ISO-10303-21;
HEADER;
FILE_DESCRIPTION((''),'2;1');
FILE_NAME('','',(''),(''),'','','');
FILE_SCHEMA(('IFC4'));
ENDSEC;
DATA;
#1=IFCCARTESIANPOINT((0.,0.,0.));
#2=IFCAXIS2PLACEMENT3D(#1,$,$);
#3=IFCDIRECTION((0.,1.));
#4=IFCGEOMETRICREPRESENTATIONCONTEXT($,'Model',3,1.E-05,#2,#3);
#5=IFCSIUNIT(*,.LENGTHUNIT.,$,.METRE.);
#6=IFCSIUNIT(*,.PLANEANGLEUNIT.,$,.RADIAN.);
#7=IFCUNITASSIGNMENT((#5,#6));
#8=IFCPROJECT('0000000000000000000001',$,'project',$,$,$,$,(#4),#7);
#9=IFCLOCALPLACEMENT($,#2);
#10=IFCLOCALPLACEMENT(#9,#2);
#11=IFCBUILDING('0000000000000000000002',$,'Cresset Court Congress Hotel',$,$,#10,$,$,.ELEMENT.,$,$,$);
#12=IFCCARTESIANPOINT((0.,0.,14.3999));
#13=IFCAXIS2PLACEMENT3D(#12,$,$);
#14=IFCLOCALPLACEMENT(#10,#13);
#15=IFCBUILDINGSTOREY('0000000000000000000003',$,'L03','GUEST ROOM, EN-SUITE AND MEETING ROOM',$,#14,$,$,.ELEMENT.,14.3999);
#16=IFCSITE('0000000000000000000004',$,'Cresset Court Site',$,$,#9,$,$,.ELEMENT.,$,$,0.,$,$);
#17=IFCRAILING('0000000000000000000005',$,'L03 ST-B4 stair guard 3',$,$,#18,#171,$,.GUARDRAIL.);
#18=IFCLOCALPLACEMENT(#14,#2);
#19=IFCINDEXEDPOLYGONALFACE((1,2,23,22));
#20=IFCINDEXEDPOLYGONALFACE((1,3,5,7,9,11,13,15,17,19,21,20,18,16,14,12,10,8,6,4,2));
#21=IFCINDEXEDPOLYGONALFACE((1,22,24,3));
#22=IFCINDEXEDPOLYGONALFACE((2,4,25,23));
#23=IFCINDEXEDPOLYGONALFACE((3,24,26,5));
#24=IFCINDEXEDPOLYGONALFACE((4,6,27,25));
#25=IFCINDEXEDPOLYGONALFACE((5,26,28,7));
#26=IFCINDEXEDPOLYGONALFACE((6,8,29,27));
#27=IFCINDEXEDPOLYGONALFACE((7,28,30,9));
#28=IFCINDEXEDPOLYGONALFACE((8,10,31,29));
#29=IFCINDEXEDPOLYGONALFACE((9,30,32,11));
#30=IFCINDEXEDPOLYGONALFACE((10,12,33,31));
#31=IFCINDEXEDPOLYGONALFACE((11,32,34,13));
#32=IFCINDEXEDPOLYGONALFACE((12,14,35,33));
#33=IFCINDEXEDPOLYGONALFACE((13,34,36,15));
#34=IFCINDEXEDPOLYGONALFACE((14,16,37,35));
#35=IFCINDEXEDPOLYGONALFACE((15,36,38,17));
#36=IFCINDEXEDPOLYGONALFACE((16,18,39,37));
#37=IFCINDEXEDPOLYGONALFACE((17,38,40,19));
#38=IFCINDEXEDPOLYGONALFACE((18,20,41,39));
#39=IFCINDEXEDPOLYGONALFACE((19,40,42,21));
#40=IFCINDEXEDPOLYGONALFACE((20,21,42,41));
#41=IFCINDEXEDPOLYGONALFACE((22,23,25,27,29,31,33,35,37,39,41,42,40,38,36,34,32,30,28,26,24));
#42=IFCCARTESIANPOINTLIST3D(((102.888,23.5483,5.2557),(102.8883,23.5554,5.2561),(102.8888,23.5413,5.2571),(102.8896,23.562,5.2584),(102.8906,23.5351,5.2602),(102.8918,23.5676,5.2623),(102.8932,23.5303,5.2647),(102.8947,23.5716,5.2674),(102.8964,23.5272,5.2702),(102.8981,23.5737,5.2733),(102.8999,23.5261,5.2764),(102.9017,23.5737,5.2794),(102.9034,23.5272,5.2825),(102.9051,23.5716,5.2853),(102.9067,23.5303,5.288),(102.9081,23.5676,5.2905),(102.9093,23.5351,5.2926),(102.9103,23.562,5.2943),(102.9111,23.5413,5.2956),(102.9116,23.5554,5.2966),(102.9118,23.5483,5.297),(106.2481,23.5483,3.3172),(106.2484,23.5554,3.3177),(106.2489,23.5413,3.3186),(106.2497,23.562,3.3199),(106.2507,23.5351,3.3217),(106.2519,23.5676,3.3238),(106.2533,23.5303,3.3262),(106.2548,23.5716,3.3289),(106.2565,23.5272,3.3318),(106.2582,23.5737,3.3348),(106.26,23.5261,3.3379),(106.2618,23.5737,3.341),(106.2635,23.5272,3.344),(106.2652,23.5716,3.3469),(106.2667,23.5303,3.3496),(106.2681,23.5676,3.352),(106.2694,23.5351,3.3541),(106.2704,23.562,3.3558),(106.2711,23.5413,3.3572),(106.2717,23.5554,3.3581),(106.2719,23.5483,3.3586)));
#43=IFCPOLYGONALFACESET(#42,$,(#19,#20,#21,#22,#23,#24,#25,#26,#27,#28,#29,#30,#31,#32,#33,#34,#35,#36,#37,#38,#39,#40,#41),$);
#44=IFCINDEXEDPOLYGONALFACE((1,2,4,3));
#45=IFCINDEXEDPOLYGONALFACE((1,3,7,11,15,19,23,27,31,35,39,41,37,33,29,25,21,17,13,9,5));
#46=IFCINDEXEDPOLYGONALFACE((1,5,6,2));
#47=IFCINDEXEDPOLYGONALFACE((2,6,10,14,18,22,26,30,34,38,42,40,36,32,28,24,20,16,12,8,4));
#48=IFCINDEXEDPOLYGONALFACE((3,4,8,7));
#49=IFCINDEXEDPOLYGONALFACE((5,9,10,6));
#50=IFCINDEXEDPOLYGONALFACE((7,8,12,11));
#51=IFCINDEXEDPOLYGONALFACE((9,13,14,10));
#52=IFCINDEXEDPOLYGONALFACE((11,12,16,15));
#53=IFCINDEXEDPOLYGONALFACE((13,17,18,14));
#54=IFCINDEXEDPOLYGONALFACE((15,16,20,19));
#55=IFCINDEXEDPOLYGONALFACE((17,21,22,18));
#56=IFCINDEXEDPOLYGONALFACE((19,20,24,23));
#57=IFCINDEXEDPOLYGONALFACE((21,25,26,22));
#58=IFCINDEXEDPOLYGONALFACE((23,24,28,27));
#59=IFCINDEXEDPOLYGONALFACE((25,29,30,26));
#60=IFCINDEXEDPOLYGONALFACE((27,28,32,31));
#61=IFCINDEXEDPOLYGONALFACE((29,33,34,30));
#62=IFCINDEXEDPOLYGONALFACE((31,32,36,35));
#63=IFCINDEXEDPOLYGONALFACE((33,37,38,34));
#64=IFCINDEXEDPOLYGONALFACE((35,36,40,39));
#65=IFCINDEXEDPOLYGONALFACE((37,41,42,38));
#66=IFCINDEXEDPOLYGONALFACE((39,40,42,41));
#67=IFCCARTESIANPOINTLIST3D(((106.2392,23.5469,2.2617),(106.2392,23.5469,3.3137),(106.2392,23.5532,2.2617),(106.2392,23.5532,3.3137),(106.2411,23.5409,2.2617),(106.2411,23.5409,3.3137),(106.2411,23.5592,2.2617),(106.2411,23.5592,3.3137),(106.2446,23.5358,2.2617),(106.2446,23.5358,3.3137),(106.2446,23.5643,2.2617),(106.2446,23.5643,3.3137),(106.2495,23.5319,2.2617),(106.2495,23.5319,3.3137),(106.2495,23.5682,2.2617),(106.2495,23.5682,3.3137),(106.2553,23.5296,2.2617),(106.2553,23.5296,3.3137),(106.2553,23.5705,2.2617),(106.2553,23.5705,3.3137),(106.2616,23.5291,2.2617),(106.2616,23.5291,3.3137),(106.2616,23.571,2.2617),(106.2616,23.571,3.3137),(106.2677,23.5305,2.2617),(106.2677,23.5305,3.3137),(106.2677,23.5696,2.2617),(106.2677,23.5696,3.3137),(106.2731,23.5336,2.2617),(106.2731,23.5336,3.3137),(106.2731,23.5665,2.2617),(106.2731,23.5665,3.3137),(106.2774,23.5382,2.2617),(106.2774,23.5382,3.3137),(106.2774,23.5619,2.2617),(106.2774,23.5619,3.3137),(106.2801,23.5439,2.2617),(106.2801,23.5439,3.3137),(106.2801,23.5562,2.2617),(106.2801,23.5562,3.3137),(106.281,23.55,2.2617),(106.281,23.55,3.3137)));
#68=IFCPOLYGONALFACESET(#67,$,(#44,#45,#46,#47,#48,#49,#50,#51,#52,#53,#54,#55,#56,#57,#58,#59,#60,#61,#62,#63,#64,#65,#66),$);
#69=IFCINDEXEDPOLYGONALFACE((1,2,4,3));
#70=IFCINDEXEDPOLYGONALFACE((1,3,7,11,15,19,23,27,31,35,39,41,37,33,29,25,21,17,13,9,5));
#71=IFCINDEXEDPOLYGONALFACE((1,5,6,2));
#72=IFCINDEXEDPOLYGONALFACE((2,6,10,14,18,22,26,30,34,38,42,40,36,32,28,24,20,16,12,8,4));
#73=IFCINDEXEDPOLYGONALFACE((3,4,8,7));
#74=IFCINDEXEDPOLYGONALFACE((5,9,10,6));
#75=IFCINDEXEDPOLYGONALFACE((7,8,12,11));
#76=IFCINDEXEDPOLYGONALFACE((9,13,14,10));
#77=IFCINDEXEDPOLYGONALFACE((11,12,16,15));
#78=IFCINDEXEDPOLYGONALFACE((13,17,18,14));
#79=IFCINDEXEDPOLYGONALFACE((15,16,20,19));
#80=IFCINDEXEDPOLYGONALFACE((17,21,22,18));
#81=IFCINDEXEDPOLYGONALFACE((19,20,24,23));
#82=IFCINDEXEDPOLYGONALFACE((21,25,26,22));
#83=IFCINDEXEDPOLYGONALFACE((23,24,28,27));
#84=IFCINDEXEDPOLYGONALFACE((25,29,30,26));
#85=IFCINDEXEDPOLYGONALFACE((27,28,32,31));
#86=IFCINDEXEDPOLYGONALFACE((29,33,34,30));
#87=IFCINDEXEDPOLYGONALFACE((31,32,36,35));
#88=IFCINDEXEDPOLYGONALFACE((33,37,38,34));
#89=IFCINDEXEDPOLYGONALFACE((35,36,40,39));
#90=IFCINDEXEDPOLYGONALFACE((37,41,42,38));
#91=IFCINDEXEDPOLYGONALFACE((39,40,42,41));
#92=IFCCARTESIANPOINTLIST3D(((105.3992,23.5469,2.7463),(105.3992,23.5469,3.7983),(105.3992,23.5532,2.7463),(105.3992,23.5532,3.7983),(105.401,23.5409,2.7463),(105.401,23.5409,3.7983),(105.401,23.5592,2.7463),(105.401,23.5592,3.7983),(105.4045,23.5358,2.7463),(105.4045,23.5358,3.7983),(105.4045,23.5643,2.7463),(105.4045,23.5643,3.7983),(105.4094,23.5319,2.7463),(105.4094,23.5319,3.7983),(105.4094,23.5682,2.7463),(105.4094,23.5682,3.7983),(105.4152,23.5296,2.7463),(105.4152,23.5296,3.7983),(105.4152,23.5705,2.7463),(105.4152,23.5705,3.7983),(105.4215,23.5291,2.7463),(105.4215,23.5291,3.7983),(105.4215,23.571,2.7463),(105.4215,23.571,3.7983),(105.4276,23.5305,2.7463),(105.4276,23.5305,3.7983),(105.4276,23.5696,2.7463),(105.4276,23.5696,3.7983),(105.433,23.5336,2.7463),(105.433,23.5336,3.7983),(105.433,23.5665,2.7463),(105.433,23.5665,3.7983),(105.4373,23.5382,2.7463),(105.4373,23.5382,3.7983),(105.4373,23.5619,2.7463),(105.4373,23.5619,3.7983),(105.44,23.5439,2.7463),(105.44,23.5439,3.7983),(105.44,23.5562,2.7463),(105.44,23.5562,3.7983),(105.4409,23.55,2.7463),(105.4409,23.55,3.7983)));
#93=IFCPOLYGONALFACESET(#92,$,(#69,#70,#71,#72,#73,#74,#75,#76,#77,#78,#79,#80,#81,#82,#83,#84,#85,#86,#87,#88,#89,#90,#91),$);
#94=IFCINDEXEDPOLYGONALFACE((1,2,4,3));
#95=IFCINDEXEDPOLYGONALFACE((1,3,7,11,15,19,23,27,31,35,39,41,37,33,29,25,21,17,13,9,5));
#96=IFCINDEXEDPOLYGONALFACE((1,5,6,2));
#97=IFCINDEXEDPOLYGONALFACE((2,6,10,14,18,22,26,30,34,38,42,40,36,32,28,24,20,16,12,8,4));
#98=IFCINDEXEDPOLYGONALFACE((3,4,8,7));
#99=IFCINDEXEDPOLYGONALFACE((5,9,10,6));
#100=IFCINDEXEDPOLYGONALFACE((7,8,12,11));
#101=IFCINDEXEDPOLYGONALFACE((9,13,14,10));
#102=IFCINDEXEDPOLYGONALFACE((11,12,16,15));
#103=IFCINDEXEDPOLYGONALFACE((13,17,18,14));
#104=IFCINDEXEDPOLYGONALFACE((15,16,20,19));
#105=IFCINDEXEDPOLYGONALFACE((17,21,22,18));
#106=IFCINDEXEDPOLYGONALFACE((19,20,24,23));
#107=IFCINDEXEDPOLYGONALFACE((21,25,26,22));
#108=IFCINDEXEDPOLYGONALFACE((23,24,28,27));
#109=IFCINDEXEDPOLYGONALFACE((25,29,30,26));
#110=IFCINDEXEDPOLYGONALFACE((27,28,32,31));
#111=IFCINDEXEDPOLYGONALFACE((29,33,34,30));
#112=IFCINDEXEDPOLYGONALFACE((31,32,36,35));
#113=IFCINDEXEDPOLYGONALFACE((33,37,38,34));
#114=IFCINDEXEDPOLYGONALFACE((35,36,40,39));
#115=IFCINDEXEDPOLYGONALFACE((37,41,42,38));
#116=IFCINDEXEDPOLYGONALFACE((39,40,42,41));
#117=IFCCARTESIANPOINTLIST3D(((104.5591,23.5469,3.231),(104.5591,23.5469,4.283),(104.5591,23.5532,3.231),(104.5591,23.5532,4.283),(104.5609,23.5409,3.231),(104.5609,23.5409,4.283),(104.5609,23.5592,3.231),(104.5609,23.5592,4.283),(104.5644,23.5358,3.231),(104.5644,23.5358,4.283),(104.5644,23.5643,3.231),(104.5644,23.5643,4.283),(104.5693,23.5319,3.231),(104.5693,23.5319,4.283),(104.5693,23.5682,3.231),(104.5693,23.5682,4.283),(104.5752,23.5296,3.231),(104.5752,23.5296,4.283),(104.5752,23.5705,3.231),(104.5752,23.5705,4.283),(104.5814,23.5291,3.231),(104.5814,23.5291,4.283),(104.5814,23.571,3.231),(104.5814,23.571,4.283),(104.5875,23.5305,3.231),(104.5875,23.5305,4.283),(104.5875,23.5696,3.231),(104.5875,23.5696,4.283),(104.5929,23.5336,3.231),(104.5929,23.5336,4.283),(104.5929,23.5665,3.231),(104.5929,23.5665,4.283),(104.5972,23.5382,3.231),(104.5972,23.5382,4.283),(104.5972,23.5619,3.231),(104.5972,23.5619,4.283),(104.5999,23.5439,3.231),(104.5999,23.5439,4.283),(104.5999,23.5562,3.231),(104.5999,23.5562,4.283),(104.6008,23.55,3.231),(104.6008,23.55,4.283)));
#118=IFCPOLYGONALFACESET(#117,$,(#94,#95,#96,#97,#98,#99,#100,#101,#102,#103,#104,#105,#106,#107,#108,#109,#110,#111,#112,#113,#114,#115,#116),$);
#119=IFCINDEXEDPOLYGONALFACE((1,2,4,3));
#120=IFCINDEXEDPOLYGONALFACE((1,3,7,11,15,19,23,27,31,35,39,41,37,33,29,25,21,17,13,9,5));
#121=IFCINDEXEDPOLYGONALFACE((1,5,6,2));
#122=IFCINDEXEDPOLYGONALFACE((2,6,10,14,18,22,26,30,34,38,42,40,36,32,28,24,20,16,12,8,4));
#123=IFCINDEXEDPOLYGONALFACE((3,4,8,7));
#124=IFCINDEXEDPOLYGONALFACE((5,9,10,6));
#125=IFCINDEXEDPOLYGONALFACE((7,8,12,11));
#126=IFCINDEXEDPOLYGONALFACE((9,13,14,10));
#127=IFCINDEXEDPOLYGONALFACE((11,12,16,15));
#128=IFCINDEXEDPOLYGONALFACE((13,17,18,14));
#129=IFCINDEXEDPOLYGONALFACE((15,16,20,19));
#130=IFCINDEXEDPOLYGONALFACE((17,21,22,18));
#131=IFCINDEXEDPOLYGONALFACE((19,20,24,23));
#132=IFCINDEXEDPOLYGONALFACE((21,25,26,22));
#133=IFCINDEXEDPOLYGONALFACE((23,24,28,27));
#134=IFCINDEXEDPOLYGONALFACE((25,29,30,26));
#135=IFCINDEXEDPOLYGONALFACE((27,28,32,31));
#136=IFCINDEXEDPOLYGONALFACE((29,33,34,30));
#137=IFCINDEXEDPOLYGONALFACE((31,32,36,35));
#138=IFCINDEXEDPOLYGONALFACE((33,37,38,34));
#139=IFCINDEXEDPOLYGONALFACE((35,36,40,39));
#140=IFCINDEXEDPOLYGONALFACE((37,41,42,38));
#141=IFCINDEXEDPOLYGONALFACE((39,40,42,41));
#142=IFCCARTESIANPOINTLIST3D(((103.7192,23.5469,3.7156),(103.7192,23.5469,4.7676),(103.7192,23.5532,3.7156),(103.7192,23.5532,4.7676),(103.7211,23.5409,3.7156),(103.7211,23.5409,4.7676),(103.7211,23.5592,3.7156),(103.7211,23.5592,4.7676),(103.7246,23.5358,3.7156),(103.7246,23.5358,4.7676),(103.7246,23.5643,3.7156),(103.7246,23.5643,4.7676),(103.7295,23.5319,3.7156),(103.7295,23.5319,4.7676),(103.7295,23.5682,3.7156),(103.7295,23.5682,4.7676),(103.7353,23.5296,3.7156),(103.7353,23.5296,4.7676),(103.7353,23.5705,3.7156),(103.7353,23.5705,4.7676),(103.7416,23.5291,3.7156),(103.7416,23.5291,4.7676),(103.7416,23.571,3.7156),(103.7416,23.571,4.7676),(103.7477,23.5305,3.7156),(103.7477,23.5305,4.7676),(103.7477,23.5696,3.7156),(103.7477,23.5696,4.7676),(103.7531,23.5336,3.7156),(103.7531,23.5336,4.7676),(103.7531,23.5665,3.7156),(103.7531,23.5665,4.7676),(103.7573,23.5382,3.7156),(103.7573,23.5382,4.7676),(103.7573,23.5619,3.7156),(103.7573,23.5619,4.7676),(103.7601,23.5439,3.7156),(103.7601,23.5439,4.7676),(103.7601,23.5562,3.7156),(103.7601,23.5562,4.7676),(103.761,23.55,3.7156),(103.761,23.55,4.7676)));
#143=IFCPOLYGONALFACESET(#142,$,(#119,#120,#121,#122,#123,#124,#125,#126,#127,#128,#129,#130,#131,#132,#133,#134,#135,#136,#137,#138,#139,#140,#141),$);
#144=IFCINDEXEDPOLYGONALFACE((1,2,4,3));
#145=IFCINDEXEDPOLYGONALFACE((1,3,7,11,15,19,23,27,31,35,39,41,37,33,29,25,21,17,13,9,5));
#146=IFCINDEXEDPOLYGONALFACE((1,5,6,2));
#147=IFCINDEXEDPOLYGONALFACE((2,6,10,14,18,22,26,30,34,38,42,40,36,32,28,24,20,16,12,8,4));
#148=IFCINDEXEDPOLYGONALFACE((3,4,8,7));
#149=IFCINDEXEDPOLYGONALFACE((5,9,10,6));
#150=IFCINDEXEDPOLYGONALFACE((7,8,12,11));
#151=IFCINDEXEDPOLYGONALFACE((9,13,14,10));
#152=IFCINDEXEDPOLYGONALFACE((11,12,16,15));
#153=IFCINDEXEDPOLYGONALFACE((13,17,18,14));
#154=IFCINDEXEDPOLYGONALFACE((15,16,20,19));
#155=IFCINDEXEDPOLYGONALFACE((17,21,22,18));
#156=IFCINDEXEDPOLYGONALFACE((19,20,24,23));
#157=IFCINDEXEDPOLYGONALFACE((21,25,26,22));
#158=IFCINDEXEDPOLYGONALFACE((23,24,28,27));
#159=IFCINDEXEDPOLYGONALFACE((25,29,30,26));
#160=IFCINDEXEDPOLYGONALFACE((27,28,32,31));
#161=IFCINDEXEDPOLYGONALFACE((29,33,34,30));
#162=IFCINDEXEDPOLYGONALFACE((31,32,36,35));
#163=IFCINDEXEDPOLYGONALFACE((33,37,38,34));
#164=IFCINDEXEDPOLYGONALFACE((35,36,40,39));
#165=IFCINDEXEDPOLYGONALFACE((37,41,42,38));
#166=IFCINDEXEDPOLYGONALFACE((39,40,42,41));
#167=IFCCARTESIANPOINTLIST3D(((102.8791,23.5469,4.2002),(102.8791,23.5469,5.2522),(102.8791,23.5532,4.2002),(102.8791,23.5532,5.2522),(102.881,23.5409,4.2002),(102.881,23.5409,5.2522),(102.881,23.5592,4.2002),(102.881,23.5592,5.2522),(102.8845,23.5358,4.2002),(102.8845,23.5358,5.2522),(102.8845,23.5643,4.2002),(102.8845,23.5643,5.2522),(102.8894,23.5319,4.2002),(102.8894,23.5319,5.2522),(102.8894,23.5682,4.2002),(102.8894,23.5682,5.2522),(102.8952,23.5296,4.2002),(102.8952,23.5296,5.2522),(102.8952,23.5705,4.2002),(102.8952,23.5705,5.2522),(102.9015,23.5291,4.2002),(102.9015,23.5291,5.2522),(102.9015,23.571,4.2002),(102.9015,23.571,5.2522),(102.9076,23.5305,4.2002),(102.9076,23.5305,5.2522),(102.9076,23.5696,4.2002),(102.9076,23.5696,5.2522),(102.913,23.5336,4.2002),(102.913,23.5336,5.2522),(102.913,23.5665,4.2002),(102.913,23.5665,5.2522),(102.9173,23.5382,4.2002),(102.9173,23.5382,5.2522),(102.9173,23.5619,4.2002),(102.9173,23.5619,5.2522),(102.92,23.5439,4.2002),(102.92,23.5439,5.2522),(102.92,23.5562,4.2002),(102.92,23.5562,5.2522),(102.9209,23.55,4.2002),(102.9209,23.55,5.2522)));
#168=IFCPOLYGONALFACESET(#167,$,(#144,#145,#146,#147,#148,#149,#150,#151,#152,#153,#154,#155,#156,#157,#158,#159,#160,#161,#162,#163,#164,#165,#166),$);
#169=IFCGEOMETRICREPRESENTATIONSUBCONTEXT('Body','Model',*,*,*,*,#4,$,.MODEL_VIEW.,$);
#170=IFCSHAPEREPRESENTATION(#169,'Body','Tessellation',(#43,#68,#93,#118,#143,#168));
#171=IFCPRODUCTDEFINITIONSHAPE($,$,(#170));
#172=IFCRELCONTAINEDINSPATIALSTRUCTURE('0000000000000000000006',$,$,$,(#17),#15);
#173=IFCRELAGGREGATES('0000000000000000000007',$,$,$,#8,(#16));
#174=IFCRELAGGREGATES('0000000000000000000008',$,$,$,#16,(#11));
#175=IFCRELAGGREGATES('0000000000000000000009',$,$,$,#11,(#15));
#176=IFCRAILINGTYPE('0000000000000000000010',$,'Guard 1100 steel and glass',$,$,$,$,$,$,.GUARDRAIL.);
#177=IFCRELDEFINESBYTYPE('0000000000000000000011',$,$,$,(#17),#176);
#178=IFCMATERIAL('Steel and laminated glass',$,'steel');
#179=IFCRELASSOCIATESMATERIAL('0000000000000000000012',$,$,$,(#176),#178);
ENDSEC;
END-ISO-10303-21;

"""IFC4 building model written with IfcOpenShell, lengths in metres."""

from ifc_helpers import new_model, si_unit, direction, frame, origin, origin_2d, place, context, subcontext, project, spatial, circle, extrude, material, type_object, element, save


model = new_model("IFC4")

# Units and contexts
model_context = context("Model", 3, precision=1e-05, world=origin(), true_north=direction((0.0, 1.0)))
body_context = subcontext(model_context, "Body", "Model", "MODEL_VIEW")
ifc_project = project(units=[si_unit("LENGTHUNIT", "METRE"), si_unit("PLANEANGLEUNIT", "RADIAN")], contexts=[model_context])

# Site, building, storey
site_placement = place(None, origin())
site = spatial("IfcSite", under=ifc_project, at=site_placement, Name="Cresset Court Site", CompositionType="ELEMENT", RefElevation=0.0)
building_placement = place(site_placement, origin())
building = spatial("IfcBuilding", under=site, at=building_placement, Name="Cresset Court Congress Hotel", CompositionType="ELEMENT")
storey_placement = place(building_placement, frame((0.0, 0.0, 14.3999)))
storey = spatial("IfcBuildingStorey", under=building, at=storey_placement, Name="L03", Description="GUEST ROOM, EN-SUITE AND MEETING ROOM", CompositionType="ELEMENT", Elevation=14.3999)

# Railing
ifc_material_1 = material(Name="Steel and laminated glass", Category="steel")
railing_type_1 = type_object("IfcRailingType", Name="Guard 1100 steel and glass", PredefinedType="GUARDRAIL", material=ifc_material_1)
railing_1_placement = place(storey_placement, frame((106.26, 23.55, 2.2617)))
element("IfcRailing", 1, at=railing_1_placement, inside=storey, type_object=railing_type_1, Name="L03 ST-B4 stair guard 3", PredefinedType="GUARDRAIL", context=body_context, shape_type="SweptSolid", body=[
    extrude(circle(Radius=0.0239, at=origin_2d()), frame((0.0, 0.0, 1.0762), z_axis=(-0.866191, 0.0, 0.499713), x_axis=(0.0, -1.0, 0.0)), (0.0, 0.0, 1.0), 3.8792),
    extrude(circle(Radius=0.021, at=origin_2d()), origin(), (0.0, 0.0, 1.0), 1.052),
    extrude(circle(Radius=0.021, at=origin_2d()), frame((-0.8401, 0.0, 0.4846)), (0.0, 0.0, 1.0), 1.052),
    extrude(circle(Radius=0.021, at=origin_2d()), frame((-1.6802, 0.0, 0.9692)), (0.0, 0.0, 1.0), 1.052),
    extrude(circle(Radius=0.021, at=origin_2d()), frame((-2.52, 0.0, 1.4539)), (0.0, 0.0, 1.0), 1.052),
    extrude(circle(Radius=0.021, at=origin_2d()), frame((-3.3601, 0.0, 1.9385)), (0.0, 0.0, 1.0), 1.052),
])

save(model, "model.ifc")
